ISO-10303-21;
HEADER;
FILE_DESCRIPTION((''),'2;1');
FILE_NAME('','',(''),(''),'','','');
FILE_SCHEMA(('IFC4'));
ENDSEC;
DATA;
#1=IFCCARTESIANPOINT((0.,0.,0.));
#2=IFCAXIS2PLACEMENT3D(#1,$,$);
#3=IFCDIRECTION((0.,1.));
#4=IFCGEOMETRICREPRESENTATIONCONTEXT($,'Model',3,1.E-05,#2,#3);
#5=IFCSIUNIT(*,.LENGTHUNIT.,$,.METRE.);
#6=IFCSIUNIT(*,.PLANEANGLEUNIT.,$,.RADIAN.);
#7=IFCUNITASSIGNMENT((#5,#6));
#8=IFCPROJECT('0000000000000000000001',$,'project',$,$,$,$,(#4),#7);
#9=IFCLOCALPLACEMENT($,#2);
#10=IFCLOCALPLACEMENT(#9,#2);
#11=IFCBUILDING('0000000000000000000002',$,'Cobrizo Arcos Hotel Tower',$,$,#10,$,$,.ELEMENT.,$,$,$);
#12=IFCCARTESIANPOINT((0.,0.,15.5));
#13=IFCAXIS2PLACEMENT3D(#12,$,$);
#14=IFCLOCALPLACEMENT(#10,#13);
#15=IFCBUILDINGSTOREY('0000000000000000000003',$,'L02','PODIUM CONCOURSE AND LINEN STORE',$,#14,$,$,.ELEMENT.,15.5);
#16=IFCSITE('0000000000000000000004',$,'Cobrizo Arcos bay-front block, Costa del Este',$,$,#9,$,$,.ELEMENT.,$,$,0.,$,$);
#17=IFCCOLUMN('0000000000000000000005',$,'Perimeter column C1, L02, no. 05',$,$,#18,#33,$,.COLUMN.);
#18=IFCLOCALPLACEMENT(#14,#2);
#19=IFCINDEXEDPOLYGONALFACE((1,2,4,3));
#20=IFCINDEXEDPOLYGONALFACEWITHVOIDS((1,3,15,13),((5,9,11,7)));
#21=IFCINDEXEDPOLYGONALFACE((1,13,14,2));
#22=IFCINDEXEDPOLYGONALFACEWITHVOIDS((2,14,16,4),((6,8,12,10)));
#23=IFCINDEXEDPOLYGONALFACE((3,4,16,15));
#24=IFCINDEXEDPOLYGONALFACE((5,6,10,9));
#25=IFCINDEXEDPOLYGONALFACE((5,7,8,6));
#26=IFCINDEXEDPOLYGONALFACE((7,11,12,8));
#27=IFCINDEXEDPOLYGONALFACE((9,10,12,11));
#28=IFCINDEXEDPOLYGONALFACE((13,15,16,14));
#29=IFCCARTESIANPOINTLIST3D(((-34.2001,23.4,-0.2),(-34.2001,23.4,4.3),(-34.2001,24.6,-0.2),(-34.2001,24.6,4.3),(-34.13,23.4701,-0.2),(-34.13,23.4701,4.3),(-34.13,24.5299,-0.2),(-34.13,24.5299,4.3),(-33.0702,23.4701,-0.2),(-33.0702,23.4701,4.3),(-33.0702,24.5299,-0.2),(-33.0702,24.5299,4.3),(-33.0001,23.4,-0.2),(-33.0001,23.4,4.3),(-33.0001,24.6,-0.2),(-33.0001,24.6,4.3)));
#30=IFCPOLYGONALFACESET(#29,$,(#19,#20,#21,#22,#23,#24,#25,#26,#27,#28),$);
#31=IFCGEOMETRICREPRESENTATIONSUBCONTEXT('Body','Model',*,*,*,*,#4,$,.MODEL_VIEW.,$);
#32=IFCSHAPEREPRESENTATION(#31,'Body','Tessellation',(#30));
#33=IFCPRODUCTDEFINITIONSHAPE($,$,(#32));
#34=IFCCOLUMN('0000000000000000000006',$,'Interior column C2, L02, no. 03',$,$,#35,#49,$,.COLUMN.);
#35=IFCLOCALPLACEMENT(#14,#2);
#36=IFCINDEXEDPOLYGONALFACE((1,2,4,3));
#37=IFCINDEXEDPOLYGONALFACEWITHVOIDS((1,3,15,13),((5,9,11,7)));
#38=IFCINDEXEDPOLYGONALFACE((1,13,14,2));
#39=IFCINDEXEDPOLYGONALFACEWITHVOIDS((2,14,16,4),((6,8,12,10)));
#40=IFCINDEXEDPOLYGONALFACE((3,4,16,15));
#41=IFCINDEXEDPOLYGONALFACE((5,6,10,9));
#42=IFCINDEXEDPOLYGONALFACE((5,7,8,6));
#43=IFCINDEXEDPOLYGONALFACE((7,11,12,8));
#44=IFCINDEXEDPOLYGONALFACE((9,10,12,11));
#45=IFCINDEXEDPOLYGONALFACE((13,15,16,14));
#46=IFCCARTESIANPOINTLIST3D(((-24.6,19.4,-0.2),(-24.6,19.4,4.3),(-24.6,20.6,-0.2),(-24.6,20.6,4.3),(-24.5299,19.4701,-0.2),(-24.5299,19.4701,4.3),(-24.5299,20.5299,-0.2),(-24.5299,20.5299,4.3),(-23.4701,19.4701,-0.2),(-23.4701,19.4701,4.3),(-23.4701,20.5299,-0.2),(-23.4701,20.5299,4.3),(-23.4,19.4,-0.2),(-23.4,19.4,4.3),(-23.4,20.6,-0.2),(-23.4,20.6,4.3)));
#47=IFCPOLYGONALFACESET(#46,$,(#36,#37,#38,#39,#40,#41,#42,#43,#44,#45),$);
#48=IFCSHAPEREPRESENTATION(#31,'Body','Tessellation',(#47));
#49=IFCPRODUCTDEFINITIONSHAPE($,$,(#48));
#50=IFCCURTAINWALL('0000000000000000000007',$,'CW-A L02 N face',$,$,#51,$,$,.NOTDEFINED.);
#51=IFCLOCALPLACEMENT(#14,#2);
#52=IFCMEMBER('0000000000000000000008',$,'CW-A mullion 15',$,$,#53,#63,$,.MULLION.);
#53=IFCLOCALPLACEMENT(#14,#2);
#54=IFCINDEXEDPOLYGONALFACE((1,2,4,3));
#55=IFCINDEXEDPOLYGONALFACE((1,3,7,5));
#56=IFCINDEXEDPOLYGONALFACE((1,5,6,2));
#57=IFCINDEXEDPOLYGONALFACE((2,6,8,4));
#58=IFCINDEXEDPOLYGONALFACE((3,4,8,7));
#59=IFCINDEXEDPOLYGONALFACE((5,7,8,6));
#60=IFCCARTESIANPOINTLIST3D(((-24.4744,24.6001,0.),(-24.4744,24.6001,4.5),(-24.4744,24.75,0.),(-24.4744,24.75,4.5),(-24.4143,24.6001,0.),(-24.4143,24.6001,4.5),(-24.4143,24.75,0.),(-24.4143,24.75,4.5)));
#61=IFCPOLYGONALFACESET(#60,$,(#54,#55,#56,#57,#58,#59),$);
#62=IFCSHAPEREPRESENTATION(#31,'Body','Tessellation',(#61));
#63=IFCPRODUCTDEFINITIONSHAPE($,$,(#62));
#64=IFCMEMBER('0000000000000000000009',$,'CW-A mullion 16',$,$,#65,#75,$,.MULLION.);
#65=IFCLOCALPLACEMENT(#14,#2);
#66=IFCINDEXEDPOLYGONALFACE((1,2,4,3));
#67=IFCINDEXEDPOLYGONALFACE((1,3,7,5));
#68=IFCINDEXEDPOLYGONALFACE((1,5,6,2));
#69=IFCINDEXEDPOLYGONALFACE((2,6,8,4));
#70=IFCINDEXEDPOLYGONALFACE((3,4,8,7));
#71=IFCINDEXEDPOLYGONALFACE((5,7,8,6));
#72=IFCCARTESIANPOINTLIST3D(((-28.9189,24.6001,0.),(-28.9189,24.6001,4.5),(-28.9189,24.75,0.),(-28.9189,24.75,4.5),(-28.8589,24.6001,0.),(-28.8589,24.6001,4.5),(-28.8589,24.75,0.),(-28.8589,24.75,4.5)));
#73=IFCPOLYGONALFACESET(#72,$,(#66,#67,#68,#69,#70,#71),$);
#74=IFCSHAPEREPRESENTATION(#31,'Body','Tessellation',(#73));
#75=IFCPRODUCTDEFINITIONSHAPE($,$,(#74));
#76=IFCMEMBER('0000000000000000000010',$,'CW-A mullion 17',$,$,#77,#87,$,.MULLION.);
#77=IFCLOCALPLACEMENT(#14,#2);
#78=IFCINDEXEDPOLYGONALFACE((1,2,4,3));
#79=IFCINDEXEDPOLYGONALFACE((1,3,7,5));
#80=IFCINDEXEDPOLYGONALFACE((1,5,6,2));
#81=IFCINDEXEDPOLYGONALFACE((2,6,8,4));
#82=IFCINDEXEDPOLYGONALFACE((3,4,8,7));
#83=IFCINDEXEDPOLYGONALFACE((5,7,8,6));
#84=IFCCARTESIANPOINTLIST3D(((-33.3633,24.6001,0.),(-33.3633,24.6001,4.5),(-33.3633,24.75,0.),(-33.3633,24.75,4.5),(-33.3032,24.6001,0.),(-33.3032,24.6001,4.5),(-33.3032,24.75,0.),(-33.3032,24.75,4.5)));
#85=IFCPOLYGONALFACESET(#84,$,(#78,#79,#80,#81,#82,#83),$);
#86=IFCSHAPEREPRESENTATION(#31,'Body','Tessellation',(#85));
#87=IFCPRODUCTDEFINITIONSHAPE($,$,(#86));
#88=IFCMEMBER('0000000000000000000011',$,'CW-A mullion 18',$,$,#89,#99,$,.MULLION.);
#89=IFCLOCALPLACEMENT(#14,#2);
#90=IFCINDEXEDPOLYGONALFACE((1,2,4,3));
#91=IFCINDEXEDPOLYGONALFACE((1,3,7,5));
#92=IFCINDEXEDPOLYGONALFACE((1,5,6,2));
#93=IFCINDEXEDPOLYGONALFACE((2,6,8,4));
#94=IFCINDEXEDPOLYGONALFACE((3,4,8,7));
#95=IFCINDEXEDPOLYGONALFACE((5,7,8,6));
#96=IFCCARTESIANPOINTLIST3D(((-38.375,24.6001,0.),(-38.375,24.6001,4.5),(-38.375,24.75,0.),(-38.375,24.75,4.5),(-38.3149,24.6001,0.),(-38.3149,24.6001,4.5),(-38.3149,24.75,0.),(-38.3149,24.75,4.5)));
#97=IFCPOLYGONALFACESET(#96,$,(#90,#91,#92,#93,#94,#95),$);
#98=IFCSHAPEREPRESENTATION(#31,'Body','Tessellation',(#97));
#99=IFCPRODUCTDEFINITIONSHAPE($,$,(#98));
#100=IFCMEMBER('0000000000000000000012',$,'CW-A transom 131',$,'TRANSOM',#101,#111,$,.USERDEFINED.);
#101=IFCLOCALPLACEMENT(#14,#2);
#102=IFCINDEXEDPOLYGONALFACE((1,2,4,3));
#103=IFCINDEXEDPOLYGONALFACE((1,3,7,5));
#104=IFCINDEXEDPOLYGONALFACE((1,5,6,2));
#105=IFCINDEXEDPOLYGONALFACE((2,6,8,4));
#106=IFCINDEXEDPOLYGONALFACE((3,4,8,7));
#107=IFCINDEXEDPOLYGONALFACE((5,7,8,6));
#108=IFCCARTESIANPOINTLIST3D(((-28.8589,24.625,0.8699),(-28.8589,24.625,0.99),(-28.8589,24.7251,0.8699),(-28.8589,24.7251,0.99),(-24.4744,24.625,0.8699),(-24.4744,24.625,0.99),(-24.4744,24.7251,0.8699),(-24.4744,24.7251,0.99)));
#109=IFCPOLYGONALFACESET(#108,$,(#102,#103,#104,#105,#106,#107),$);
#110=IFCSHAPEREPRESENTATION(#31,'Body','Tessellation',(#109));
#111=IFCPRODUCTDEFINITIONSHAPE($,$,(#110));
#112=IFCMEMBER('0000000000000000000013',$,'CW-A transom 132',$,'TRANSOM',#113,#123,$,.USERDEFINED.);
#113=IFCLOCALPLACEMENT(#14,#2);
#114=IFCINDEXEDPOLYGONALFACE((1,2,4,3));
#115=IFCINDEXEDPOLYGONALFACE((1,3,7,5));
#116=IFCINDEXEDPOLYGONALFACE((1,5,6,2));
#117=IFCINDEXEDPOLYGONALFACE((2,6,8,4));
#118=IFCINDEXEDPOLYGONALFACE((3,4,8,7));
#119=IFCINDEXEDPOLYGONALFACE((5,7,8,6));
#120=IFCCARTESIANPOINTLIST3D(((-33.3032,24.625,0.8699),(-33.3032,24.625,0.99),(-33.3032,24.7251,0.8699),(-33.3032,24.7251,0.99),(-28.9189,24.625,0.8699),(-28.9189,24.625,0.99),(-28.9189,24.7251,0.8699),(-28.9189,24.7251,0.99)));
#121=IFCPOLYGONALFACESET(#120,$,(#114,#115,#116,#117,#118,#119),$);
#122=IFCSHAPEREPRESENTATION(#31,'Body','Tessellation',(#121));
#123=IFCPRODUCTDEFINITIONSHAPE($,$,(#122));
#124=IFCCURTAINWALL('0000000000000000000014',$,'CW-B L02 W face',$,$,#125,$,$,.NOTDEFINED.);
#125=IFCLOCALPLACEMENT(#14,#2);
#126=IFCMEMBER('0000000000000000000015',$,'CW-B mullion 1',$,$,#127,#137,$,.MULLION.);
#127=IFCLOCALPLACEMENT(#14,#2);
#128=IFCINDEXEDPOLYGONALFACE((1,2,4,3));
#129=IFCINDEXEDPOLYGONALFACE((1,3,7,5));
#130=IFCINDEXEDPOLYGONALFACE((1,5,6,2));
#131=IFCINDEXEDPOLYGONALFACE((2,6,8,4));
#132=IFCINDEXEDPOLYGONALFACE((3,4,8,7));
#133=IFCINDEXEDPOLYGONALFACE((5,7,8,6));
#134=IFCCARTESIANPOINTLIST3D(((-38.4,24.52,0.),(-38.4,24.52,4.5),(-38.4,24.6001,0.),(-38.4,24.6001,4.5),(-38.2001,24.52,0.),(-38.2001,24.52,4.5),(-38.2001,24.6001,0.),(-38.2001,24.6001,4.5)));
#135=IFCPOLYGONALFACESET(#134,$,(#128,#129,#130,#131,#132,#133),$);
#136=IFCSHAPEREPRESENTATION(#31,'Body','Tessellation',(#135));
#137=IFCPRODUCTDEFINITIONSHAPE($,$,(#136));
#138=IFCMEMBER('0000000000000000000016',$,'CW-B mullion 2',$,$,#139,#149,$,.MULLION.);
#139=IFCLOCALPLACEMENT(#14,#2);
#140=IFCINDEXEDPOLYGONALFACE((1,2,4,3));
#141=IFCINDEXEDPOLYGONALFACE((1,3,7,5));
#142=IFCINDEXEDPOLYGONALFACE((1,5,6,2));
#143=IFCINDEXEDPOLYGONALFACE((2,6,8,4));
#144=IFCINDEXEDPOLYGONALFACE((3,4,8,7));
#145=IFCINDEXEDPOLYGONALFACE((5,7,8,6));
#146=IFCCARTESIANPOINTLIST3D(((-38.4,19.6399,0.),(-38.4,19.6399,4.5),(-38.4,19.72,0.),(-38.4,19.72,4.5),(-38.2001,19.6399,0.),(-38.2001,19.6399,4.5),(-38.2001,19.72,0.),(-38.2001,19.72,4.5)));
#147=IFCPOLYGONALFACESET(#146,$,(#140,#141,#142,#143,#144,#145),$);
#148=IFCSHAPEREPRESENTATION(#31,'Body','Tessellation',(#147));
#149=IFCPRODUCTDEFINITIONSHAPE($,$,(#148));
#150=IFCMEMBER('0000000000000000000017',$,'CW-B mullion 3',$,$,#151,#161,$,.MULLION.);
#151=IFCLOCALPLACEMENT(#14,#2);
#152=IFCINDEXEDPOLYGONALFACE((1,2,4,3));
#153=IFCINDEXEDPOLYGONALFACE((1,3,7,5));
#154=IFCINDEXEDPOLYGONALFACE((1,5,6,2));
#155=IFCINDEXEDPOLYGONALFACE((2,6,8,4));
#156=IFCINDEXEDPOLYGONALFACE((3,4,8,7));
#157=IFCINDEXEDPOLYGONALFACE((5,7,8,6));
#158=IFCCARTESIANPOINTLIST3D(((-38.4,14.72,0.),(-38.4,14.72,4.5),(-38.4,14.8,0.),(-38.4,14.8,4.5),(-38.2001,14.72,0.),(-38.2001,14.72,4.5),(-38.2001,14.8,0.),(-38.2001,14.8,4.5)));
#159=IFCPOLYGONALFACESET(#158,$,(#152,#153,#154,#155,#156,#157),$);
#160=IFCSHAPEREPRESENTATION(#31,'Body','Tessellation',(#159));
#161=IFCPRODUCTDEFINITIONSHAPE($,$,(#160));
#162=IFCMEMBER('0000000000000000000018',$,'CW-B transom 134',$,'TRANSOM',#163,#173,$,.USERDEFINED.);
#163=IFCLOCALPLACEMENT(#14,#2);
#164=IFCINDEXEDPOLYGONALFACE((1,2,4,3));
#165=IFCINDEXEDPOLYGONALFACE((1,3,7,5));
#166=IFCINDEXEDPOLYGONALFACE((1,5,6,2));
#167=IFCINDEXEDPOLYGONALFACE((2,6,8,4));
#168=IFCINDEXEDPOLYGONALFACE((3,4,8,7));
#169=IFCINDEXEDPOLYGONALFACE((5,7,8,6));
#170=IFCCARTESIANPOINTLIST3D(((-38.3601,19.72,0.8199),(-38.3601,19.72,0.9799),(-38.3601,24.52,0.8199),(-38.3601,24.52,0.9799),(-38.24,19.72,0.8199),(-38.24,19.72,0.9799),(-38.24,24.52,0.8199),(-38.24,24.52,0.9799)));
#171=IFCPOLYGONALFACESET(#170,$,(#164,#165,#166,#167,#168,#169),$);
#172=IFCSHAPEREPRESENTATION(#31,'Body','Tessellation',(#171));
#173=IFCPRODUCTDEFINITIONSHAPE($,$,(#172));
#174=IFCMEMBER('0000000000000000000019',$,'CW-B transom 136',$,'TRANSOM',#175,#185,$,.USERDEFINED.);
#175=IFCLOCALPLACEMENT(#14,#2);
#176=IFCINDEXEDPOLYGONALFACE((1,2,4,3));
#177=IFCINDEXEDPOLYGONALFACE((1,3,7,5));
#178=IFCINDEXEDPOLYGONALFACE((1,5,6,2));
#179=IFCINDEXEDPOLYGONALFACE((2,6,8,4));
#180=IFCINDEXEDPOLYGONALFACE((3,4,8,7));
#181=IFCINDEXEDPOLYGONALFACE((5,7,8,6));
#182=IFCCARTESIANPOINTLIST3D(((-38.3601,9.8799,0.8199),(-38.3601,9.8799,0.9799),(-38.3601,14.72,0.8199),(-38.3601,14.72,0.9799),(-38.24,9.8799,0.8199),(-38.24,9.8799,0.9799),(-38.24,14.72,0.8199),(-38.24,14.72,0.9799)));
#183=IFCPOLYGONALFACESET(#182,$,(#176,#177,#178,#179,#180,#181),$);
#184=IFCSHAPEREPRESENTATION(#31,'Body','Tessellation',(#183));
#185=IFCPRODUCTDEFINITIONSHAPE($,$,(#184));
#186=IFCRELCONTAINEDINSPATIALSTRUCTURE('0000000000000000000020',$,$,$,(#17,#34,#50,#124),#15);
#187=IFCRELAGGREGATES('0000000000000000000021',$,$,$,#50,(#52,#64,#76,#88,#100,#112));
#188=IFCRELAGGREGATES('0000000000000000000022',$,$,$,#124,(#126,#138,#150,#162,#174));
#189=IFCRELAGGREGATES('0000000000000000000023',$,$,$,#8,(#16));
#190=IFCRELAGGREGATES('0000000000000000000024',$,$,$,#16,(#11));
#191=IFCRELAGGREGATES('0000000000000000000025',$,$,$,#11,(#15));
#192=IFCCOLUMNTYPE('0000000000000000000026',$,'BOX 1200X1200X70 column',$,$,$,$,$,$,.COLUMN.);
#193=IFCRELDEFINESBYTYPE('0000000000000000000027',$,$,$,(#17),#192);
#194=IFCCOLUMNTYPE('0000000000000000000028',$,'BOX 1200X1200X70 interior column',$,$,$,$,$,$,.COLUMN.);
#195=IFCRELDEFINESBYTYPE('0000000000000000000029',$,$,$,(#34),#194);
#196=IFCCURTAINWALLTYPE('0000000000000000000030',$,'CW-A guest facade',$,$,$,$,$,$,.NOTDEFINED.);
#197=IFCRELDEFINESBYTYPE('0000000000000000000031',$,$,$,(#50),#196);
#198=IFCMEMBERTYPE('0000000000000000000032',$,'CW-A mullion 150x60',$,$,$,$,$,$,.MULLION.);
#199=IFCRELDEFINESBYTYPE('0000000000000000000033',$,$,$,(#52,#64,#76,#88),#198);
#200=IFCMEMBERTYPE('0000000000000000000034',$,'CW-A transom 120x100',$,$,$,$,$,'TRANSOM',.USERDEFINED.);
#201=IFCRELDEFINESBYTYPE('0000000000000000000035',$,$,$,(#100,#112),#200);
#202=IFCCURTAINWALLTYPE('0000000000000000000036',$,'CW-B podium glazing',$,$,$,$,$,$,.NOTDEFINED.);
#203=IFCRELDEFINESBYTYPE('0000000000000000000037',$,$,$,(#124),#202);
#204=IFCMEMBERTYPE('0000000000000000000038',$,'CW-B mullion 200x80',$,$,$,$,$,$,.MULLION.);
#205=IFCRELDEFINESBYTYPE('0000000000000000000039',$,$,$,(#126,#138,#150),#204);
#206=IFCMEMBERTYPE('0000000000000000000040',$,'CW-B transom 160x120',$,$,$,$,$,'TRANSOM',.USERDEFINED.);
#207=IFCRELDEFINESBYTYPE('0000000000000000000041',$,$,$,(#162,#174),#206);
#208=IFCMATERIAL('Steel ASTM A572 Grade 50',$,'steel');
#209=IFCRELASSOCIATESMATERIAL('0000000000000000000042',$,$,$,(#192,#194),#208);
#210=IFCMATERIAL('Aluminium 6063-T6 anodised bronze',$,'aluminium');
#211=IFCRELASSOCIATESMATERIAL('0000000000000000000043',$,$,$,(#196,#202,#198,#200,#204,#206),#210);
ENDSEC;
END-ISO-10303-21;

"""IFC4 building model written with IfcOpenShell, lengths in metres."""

from ifc_helpers import new_model, si_unit, direction, frame, origin, origin_2d, place, context, subcontext, project, spatial, rectangle, hollow_rectangle, extrude, material, material_profile, profile_set, type_object, element, aggregate, save


model = new_model("IFC4")

# Units and contexts
model_context = context("Model", 3, precision=1e-05, world=origin(), true_north=direction((0.0, 1.0)))
body_context = subcontext(model_context, "Body", "Model", "MODEL_VIEW")
ifc_project = project(units=[si_unit("LENGTHUNIT", "METRE"), si_unit("PLANEANGLEUNIT", "RADIAN")], contexts=[model_context])

# Site, building, storey
site_placement = place(None, origin())
site = spatial("IfcSite", under=ifc_project, at=site_placement, Name="Cobrizo Arcos bay-front block, Costa del Este", CompositionType="ELEMENT", RefElevation=0.0)
building_placement = place(site_placement, origin())
building = spatial("IfcBuilding", under=site, at=building_placement, Name="Cobrizo Arcos Hotel Tower", CompositionType="ELEMENT")
storey_placement = place(building_placement, frame((0.0, 0.0, 15.5)))
storey = spatial("IfcBuildingStorey", under=building, at=storey_placement, Name="L02", Description="PODIUM CONCOURSE AND LINEN STORE", CompositionType="ELEMENT", Elevation=15.5)

# Columns
ifc_material_1 = material(Name="Steel ASTM A572 Grade 50", Category="steel")
ifc_material_profile_1 = material_profile(ifc_material_1, hollow_rectangle(XDim=1.2, YDim=1.2, WallThickness=0.0701, at=origin_2d()), Name="BOX 1200X1200X70")
ifc_profile_set_1 = profile_set([ifc_material_profile_1], Name="Steel ASTM A572 Grade 50")
column_type_1 = type_object("IfcColumnType", Name="BOX 1200X1200X70 column", PredefinedType="COLUMN", material=ifc_profile_set_1)
column_1_placement = place(storey_placement, frame((-33.6001, 24.0, -0.2), z_axis=(0.0, 0.0, 1.0), x_axis=(1.0, 0.0, 0.0)))
element("IfcColumn", 1, at=column_1_placement, inside=storey, type_object=column_type_1, Name="Perimeter column C1, L02, no. 05", PredefinedType="COLUMN", context=body_context, shape_type="SweptSolid", body=[
    extrude(hollow_rectangle(XDim=1.2, YDim=1.2, WallThickness=0.0701, at=origin_2d()), origin(), (0.0, 0.0, 1.0), 4.5),
])
ifc_material_profile_2 = material_profile(ifc_material_1, hollow_rectangle(XDim=1.2, YDim=1.2, WallThickness=0.0701, at=origin_2d()), Name="BOX 1200X1200X70")
ifc_profile_set_2 = profile_set([ifc_material_profile_2], Name="Steel ASTM A572 Grade 50")
column_type_2 = type_object("IfcColumnType", Name="BOX 1200X1200X70 interior column", PredefinedType="COLUMN", material=ifc_profile_set_2)
column_2_placement = place(storey_placement, frame((-24.0, 20.0, -0.2), z_axis=(0.0, 0.0, 1.0), x_axis=(1.0, 0.0, 0.0)))
element("IfcColumn", 2, at=column_2_placement, inside=storey, type_object=column_type_2, Name="Interior column C2, L02, no. 03", PredefinedType="COLUMN", context=body_context, shape_type="SweptSolid", body=[
    extrude(hollow_rectangle(XDim=1.2, YDim=1.2, WallThickness=0.0701, at=origin_2d()), origin(), (0.0, 0.0, 1.0), 4.5),
])

# Curtain walls, members
ifc_material_2 = material(Name="Aluminium 6063-T6 anodised bronze", Category="aluminium")
curtain_wall_type_1 = type_object("IfcCurtainWallType", Name="CW-A guest facade", PredefinedType="NOTDEFINED", material=ifc_material_2)
curtain_wall_1_placement = place(storey_placement, origin())
curtain_wall_1 = element("IfcCurtainWall", 3, at=curtain_wall_1_placement, inside=storey, type_object=curtain_wall_type_1, Name="CW-A L02 N face", PredefinedType="NOTDEFINED")
ifc_material_profile_3 = material_profile(ifc_material_2, rectangle(XDim=0.1499, YDim=0.0601, at=origin_2d()), Name="CW-A mullion 150x60")
ifc_profile_set_3 = profile_set([ifc_material_profile_3], Name="Aluminium 6063-T6 anodised bronze")
member_type_1 = type_object("IfcMemberType", Name="CW-A mullion 150x60", PredefinedType="MULLION", material=ifc_profile_set_3)
member_1_placement = place(storey_placement, frame((-24.4443, 24.675, 0.0), z_axis=(0.0, 0.0, 1.0), x_axis=(0.0, 1.0, 0.0)))
member_1 = element("IfcMember", 4, at=member_1_placement, type_object=member_type_1, Name="CW-A mullion 15", PredefinedType="MULLION", context=body_context, shape_type="SweptSolid", body=[
    extrude(rectangle(XDim=0.1499, YDim=0.0601, at=origin_2d()), origin(), (0.0, 0.0, 1.0), 4.5),
])
member_2_placement = place(storey_placement, frame((-28.8889, 24.675, 0.0), z_axis=(0.0, 0.0, 1.0), x_axis=(0.0, 1.0, 0.0)))
member_2 = element("IfcMember", 5, at=member_2_placement, type_object=member_type_1, Name="CW-A mullion 16", PredefinedType="MULLION", context=body_context, shape_type="SweptSolid", body=[
    extrude(rectangle(XDim=0.1499, YDim=0.0601, at=origin_2d()), origin(), (0.0, 0.0, 1.0), 4.5),
])
member_3_placement = place(storey_placement, frame((-33.3333, 24.675, 0.0), z_axis=(0.0, 0.0, 1.0), x_axis=(0.0, 1.0, 0.0)))
member_3 = element("IfcMember", 6, at=member_3_placement, type_object=member_type_1, Name="CW-A mullion 17", PredefinedType="MULLION", context=body_context, shape_type="SweptSolid", body=[
    extrude(rectangle(XDim=0.1499, YDim=0.0601, at=origin_2d()), origin(), (0.0, 0.0, 1.0), 4.5),
])
member_4_placement = place(storey_placement, frame((-38.345, 24.675, 0.0), z_axis=(0.0, 0.0, 1.0), x_axis=(0.0, 1.0, 0.0)))
member_4 = element("IfcMember", 7, at=member_4_placement, type_object=member_type_1, Name="CW-A mullion 18", PredefinedType="MULLION", context=body_context, shape_type="SweptSolid", body=[
    extrude(rectangle(XDim=0.1499, YDim=0.0601, at=origin_2d()), origin(), (0.0, 0.0, 1.0), 4.5),
])
ifc_material_profile_4 = material_profile(ifc_material_2, rectangle(XDim=0.1001, YDim=0.1201, at=origin_2d()), Name="CW-A transom 120x100")
ifc_profile_set_4 = profile_set([ifc_material_profile_4], Name="Aluminium 6063-T6 anodised bronze")
member_type_2 = type_object("IfcMemberType", Name="CW-A transom 120x100", ElementType="TRANSOM", PredefinedType="USERDEFINED", material=ifc_profile_set_4)
member_5_placement = place(storey_placement, frame((-24.4744, 24.675, 0.9299), z_axis=(-1.0, 0.0, 0.0), x_axis=(0.0, -1.0, 0.0)))
member_5 = element("IfcMember", 8, at=member_5_placement, type_object=member_type_2, Name="CW-A transom 131", ObjectType="TRANSOM", PredefinedType="USERDEFINED", context=body_context, shape_type="SweptSolid", body=[
    extrude(rectangle(XDim=0.1001, YDim=0.1201, at=origin_2d()), origin(), (0.0, 0.0, 1.0), 4.3845),
])
member_6_placement = place(storey_placement, frame((-28.9189, 24.675, 0.9299), z_axis=(-1.0, 0.0, 0.0), x_axis=(0.0, -1.0, 0.0)))
member_6 = element("IfcMember", 9, at=member_6_placement, type_object=member_type_2, Name="CW-A transom 132", ObjectType="TRANSOM", PredefinedType="USERDEFINED", context=body_context, shape_type="SweptSolid", body=[
    extrude(rectangle(XDim=0.1001, YDim=0.1201, at=origin_2d()), origin(), (0.0, 0.0, 1.0), 4.3843),
])
curtain_wall_type_2 = type_object("IfcCurtainWallType", Name="CW-B podium glazing", PredefinedType="NOTDEFINED", material=ifc_material_2)
curtain_wall_2_placement = place(storey_placement, origin())
curtain_wall_2 = element("IfcCurtainWall", 10, at=curtain_wall_2_placement, inside=storey, type_object=curtain_wall_type_2, Name="CW-B L02 W face", PredefinedType="NOTDEFINED")
ifc_material_profile_5 = material_profile(ifc_material_2, rectangle(XDim=0.2, YDim=0.0801, at=origin_2d()), Name="CW-B mullion 200x80")
ifc_profile_set_5 = profile_set([ifc_material_profile_5], Name="Aluminium 6063-T6 anodised bronze")
member_type_3 = type_object("IfcMemberType", Name="CW-B mullion 200x80", PredefinedType="MULLION", material=ifc_profile_set_5)
member_7_placement = place(storey_placement, frame((-38.3, 24.5601, 0.0), z_axis=(0.0, 0.0, 1.0), x_axis=(-1.0, 0.0, 0.0)))
member_7 = element("IfcMember", 11, at=member_7_placement, type_object=member_type_3, Name="CW-B mullion 1", PredefinedType="MULLION", context=body_context, shape_type="SweptSolid", body=[
    extrude(rectangle(XDim=0.2, YDim=0.0801, at=origin_2d()), origin(), (0.0, 0.0, 1.0), 4.5),
])
member_8_placement = place(storey_placement, frame((-38.3, 19.6799, 0.0), z_axis=(0.0, 0.0, 1.0), x_axis=(-1.0, 0.0, 0.0)))
member_8 = element("IfcMember", 12, at=member_8_placement, type_object=member_type_3, Name="CW-B mullion 2", PredefinedType="MULLION", context=body_context, shape_type="SweptSolid", body=[
    extrude(rectangle(XDim=0.2, YDim=0.0801, at=origin_2d()), origin(), (0.0, 0.0, 1.0), 4.5),
])
member_9_placement = place(storey_placement, frame((-38.3, 14.76, 0.0), z_axis=(0.0, 0.0, 1.0), x_axis=(-1.0, 0.0, 0.0)))
member_9 = element("IfcMember", 13, at=member_9_placement, type_object=member_type_3, Name="CW-B mullion 3", PredefinedType="MULLION", context=body_context, shape_type="SweptSolid", body=[
    extrude(rectangle(XDim=0.2, YDim=0.0801, at=origin_2d()), origin(), (0.0, 0.0, 1.0), 4.5),
])
ifc_material_profile_6 = material_profile(ifc_material_2, rectangle(XDim=0.1201, YDim=0.1599, at=origin_2d()), Name="CW-B transom 160x120")
ifc_profile_set_6 = profile_set([ifc_material_profile_6], Name="Aluminium 6063-T6 anodised bronze")
member_type_4 = type_object("IfcMemberType", Name="CW-B transom 160x120", ElementType="TRANSOM", PredefinedType="USERDEFINED", material=ifc_profile_set_6)
member_10_placement = place(storey_placement, frame((-38.3, 24.52, 0.8999), z_axis=(0.0, -1.0, 0.0), x_axis=(1.0, 0.0, 0.0)))
member_10 = element("IfcMember", 14, at=member_10_placement, type_object=member_type_4, Name="CW-B transom 134", ObjectType="TRANSOM", PredefinedType="USERDEFINED", context=body_context, shape_type="SweptSolid", body=[
    extrude(rectangle(XDim=0.1201, YDim=0.1599, at=origin_2d()), origin(), (0.0, 0.0, 1.0), 4.8),
])
member_11_placement = place(storey_placement, frame((-38.3, 14.72, 0.8999), z_axis=(0.0, -1.0, 0.0), x_axis=(1.0, 0.0, 0.0)))
member_11 = element("IfcMember", 15, at=member_11_placement, type_object=member_type_4, Name="CW-B transom 136", ObjectType="TRANSOM", PredefinedType="USERDEFINED", context=body_context, shape_type="SweptSolid", body=[
    extrude(rectangle(XDim=0.1201, YDim=0.1599, at=origin_2d()), origin(), (0.0, 0.0, 1.0), 4.8401),
])

aggregate(curtain_wall_1, [member_1, member_2, member_3, member_4, member_5, member_6])
aggregate(curtain_wall_2, [member_7, member_8, member_9, member_10, member_11])

save(model, "model.ifc")
